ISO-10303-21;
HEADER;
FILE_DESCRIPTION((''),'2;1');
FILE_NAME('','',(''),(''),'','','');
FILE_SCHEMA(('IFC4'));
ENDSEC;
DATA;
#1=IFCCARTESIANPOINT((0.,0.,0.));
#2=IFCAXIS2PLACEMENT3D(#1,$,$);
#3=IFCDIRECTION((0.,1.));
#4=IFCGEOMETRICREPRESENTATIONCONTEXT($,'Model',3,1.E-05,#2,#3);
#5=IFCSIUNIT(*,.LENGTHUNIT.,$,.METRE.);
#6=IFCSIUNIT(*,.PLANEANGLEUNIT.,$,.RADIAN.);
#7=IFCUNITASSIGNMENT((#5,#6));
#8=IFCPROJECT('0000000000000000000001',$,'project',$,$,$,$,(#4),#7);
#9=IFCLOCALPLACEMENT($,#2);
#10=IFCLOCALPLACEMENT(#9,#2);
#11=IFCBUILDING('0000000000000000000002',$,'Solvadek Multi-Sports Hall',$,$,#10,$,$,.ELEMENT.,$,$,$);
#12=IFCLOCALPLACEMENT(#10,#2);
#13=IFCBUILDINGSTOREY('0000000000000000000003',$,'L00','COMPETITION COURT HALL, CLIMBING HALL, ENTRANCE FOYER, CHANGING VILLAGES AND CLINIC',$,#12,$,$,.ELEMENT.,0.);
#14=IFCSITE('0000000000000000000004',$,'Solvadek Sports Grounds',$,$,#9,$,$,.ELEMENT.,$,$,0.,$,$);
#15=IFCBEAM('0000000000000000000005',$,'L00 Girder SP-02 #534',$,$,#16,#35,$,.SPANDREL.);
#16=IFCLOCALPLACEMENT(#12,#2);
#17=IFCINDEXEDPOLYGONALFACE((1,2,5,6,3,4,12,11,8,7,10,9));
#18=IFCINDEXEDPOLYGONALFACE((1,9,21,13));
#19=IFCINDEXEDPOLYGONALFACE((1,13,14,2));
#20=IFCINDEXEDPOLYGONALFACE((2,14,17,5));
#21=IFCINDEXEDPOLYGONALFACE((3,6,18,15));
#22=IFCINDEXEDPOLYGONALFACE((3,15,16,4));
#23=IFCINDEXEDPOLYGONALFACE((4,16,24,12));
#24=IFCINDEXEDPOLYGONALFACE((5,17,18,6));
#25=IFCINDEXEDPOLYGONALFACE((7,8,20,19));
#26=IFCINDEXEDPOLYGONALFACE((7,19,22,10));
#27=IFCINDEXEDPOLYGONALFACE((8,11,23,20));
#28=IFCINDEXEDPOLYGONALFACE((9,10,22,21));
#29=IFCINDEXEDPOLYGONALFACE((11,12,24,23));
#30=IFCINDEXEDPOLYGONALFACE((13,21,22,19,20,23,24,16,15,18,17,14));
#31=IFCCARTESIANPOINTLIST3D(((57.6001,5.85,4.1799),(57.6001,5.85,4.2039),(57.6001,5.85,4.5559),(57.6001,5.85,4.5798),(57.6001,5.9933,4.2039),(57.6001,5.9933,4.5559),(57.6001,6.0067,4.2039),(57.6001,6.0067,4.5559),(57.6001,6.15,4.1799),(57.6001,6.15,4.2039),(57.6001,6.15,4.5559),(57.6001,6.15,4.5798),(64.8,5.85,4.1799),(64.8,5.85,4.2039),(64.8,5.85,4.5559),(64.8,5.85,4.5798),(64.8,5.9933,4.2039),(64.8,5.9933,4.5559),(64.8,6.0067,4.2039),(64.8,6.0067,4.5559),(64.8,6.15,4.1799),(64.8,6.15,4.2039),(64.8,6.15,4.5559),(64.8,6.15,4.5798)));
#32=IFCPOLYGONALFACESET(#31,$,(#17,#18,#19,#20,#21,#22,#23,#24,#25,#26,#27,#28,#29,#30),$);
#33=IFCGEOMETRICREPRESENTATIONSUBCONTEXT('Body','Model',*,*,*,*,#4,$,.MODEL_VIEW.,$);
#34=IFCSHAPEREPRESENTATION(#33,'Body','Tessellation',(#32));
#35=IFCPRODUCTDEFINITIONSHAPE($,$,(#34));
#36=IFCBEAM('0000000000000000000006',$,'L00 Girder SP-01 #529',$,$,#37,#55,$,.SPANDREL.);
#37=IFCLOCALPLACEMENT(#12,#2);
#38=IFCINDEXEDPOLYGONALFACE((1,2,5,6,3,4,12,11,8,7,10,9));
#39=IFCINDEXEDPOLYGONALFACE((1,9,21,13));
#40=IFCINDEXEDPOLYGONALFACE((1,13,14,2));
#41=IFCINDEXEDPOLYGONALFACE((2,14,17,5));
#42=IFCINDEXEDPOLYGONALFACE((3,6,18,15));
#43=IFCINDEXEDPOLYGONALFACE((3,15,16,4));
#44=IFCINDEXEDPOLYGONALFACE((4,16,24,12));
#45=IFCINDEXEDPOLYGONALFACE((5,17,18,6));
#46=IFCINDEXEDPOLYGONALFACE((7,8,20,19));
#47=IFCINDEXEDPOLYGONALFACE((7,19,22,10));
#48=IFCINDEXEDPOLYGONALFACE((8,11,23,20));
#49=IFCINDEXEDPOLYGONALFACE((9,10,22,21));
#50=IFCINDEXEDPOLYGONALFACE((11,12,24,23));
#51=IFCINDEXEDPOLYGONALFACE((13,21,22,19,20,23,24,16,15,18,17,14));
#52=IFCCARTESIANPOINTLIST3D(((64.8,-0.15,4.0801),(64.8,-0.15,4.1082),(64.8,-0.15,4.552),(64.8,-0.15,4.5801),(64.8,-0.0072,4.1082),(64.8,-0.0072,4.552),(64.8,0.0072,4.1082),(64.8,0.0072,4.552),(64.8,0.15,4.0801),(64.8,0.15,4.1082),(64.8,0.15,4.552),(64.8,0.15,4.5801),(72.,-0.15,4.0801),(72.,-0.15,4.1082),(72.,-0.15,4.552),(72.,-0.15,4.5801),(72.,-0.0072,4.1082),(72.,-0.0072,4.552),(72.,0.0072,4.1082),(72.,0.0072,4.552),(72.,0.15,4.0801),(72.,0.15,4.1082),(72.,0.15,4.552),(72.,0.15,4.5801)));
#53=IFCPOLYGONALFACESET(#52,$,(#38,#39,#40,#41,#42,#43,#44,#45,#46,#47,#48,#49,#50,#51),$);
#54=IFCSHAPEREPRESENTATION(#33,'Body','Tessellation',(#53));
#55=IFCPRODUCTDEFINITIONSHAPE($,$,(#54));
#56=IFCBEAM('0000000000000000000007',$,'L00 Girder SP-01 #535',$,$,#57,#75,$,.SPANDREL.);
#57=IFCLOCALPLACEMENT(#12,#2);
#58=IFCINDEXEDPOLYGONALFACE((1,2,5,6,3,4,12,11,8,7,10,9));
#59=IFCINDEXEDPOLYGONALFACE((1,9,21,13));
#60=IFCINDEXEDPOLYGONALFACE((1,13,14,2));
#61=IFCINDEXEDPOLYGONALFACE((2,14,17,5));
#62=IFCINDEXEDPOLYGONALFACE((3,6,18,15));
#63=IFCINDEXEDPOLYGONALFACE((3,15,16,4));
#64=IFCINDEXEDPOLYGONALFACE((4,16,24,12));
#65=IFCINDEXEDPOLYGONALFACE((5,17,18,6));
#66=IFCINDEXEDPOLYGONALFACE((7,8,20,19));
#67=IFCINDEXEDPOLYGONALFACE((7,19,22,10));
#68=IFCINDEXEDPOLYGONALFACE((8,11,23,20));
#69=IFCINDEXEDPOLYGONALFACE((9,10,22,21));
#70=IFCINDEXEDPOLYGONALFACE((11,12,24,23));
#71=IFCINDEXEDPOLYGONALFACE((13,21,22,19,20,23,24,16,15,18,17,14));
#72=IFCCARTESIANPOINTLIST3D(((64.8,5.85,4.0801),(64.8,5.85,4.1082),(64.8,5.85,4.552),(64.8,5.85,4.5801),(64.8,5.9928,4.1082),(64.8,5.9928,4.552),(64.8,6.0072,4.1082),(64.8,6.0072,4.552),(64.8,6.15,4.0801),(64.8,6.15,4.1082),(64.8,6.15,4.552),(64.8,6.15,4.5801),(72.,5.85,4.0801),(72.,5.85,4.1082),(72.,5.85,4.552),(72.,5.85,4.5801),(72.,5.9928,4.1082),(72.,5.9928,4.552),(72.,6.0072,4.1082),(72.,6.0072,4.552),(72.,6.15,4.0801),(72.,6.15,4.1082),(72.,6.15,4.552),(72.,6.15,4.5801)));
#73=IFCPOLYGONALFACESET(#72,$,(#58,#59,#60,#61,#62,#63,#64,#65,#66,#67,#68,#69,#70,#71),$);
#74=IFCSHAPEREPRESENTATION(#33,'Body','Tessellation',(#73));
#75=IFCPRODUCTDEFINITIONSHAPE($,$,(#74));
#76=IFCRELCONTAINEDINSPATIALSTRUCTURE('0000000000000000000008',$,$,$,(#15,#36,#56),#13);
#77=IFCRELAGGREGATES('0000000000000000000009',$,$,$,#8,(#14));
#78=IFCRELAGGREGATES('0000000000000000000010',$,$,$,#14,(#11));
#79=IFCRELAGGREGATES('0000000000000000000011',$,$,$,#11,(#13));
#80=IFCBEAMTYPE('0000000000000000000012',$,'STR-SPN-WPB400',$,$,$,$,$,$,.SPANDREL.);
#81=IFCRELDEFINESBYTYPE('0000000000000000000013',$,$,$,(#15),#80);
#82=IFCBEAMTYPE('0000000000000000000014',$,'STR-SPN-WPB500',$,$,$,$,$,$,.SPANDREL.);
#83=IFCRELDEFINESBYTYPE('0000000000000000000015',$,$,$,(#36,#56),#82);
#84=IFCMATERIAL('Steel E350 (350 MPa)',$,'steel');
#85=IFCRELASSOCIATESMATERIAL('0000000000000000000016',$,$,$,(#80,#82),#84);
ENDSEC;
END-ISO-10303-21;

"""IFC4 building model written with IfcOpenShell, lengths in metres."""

from ifc_helpers import new_model, si_unit, direction, frame, origin, origin_2d, place, context, subcontext, project, spatial, i_section, extrude, material, material_profile, profile_set, type_object, element, save


model = new_model("IFC4")

# Units and contexts
model_context = context("Model", 3, precision=1e-05, world=origin(), true_north=direction((0.0, 1.0)))
body_context = subcontext(model_context, "Body", "Model", "MODEL_VIEW")
ifc_project = project(units=[si_unit("LENGTHUNIT", "METRE"), si_unit("PLANEANGLEUNIT", "RADIAN")], contexts=[model_context])

# Site, building, storey
site_placement = place(None, origin())
site = spatial("IfcSite", under=ifc_project, at=site_placement, Name="Solvadek Sports Grounds", CompositionType="ELEMENT", RefElevation=0.0)
building_placement = place(site_placement, origin())
building = spatial("IfcBuilding", under=site, at=building_placement, Name="Solvadek Multi-Sports Hall", CompositionType="ELEMENT")
storey_placement = place(building_placement, origin())
storey = spatial("IfcBuildingStorey", under=building, at=storey_placement, Name="L00", Description="COMPETITION COURT HALL, CLIMBING HALL, ENTRANCE FOYER, CHANGING VILLAGES AND CLINIC", CompositionType="ELEMENT", Elevation=0.0)

# Shared definitions
ifc_material_1 = material(Name="Steel E350 (350 MPa)", Category="steel")

# Beams
ifc_material_profile_1 = material_profile(ifc_material_1, i_section(OverallWidth=0.3, OverallDepth=0.3999, WebThickness=0.0134, FlangeThickness=0.0239, at=origin_2d()), Name="WPB 400")
ifc_profile_set_1 = profile_set([ifc_material_profile_1], Name="Steel E350 (350 MPa)")
beam_type_1 = type_object("IfcBeamType", Name="STR-SPN-WPB400", PredefinedType="SPANDREL", material=ifc_profile_set_1)
for number, where, z_axis, x_axis, name in (
    (1, (57.6001, 6.0, 4.3799), (1.0, 0.0, 0.0), (0.0, 1.0, 0.0), "L00 Girder SP-02 #534"),
):
    element("IfcBeam", number, at=place(storey_placement, frame(where, z_axis=z_axis, x_axis=x_axis)), inside=storey, type_object=beam_type_1, Name=name, PredefinedType="SPANDREL", context=body_context, shape_type="SweptSolid", body=[
        extrude(i_section(OverallWidth=0.3, OverallDepth=0.3999, WebThickness=0.0134, FlangeThickness=0.0239, at=origin_2d()), origin(), (0.0, 0.0, 1.0), 7.2),
    ])
ifc_material_profile_2 = material_profile(ifc_material_1, i_section(OverallWidth=0.3, OverallDepth=0.5, WebThickness=0.0144, FlangeThickness=0.0281, at=origin_2d()), Name="WPB 500")
ifc_profile_set_2 = profile_set([ifc_material_profile_2], Name="Steel E350 (350 MPa)")
beam_type_2 = type_object("IfcBeamType", Name="STR-SPN-WPB500", PredefinedType="SPANDREL", material=ifc_profile_set_2)
for number, where, z_axis, x_axis, name in (
    (2, (64.8, 0.0, 4.3301), (1.0, 0.0, 0.0), (0.0, 1.0, 0.0), "L00 Girder SP-01 #529"),
    (3, (64.8, 6.0, 4.3301), (1.0, 0.0, 0.0), (0.0, 1.0, 0.0), "L00 Girder SP-01 #535"),
):
    element("IfcBeam", number, at=place(storey_placement, frame(where, z_axis=z_axis, x_axis=x_axis)), inside=storey, type_object=beam_type_2, Name=name, PredefinedType="SPANDREL", context=body_context, shape_type="SweptSolid", body=[
        extrude(i_section(OverallWidth=0.3, OverallDepth=0.5, WebThickness=0.0144, FlangeThickness=0.0281, at=origin_2d()), origin(), (0.0, 0.0, 1.0), 7.2),
    ])

save(model, "model.ifc")
